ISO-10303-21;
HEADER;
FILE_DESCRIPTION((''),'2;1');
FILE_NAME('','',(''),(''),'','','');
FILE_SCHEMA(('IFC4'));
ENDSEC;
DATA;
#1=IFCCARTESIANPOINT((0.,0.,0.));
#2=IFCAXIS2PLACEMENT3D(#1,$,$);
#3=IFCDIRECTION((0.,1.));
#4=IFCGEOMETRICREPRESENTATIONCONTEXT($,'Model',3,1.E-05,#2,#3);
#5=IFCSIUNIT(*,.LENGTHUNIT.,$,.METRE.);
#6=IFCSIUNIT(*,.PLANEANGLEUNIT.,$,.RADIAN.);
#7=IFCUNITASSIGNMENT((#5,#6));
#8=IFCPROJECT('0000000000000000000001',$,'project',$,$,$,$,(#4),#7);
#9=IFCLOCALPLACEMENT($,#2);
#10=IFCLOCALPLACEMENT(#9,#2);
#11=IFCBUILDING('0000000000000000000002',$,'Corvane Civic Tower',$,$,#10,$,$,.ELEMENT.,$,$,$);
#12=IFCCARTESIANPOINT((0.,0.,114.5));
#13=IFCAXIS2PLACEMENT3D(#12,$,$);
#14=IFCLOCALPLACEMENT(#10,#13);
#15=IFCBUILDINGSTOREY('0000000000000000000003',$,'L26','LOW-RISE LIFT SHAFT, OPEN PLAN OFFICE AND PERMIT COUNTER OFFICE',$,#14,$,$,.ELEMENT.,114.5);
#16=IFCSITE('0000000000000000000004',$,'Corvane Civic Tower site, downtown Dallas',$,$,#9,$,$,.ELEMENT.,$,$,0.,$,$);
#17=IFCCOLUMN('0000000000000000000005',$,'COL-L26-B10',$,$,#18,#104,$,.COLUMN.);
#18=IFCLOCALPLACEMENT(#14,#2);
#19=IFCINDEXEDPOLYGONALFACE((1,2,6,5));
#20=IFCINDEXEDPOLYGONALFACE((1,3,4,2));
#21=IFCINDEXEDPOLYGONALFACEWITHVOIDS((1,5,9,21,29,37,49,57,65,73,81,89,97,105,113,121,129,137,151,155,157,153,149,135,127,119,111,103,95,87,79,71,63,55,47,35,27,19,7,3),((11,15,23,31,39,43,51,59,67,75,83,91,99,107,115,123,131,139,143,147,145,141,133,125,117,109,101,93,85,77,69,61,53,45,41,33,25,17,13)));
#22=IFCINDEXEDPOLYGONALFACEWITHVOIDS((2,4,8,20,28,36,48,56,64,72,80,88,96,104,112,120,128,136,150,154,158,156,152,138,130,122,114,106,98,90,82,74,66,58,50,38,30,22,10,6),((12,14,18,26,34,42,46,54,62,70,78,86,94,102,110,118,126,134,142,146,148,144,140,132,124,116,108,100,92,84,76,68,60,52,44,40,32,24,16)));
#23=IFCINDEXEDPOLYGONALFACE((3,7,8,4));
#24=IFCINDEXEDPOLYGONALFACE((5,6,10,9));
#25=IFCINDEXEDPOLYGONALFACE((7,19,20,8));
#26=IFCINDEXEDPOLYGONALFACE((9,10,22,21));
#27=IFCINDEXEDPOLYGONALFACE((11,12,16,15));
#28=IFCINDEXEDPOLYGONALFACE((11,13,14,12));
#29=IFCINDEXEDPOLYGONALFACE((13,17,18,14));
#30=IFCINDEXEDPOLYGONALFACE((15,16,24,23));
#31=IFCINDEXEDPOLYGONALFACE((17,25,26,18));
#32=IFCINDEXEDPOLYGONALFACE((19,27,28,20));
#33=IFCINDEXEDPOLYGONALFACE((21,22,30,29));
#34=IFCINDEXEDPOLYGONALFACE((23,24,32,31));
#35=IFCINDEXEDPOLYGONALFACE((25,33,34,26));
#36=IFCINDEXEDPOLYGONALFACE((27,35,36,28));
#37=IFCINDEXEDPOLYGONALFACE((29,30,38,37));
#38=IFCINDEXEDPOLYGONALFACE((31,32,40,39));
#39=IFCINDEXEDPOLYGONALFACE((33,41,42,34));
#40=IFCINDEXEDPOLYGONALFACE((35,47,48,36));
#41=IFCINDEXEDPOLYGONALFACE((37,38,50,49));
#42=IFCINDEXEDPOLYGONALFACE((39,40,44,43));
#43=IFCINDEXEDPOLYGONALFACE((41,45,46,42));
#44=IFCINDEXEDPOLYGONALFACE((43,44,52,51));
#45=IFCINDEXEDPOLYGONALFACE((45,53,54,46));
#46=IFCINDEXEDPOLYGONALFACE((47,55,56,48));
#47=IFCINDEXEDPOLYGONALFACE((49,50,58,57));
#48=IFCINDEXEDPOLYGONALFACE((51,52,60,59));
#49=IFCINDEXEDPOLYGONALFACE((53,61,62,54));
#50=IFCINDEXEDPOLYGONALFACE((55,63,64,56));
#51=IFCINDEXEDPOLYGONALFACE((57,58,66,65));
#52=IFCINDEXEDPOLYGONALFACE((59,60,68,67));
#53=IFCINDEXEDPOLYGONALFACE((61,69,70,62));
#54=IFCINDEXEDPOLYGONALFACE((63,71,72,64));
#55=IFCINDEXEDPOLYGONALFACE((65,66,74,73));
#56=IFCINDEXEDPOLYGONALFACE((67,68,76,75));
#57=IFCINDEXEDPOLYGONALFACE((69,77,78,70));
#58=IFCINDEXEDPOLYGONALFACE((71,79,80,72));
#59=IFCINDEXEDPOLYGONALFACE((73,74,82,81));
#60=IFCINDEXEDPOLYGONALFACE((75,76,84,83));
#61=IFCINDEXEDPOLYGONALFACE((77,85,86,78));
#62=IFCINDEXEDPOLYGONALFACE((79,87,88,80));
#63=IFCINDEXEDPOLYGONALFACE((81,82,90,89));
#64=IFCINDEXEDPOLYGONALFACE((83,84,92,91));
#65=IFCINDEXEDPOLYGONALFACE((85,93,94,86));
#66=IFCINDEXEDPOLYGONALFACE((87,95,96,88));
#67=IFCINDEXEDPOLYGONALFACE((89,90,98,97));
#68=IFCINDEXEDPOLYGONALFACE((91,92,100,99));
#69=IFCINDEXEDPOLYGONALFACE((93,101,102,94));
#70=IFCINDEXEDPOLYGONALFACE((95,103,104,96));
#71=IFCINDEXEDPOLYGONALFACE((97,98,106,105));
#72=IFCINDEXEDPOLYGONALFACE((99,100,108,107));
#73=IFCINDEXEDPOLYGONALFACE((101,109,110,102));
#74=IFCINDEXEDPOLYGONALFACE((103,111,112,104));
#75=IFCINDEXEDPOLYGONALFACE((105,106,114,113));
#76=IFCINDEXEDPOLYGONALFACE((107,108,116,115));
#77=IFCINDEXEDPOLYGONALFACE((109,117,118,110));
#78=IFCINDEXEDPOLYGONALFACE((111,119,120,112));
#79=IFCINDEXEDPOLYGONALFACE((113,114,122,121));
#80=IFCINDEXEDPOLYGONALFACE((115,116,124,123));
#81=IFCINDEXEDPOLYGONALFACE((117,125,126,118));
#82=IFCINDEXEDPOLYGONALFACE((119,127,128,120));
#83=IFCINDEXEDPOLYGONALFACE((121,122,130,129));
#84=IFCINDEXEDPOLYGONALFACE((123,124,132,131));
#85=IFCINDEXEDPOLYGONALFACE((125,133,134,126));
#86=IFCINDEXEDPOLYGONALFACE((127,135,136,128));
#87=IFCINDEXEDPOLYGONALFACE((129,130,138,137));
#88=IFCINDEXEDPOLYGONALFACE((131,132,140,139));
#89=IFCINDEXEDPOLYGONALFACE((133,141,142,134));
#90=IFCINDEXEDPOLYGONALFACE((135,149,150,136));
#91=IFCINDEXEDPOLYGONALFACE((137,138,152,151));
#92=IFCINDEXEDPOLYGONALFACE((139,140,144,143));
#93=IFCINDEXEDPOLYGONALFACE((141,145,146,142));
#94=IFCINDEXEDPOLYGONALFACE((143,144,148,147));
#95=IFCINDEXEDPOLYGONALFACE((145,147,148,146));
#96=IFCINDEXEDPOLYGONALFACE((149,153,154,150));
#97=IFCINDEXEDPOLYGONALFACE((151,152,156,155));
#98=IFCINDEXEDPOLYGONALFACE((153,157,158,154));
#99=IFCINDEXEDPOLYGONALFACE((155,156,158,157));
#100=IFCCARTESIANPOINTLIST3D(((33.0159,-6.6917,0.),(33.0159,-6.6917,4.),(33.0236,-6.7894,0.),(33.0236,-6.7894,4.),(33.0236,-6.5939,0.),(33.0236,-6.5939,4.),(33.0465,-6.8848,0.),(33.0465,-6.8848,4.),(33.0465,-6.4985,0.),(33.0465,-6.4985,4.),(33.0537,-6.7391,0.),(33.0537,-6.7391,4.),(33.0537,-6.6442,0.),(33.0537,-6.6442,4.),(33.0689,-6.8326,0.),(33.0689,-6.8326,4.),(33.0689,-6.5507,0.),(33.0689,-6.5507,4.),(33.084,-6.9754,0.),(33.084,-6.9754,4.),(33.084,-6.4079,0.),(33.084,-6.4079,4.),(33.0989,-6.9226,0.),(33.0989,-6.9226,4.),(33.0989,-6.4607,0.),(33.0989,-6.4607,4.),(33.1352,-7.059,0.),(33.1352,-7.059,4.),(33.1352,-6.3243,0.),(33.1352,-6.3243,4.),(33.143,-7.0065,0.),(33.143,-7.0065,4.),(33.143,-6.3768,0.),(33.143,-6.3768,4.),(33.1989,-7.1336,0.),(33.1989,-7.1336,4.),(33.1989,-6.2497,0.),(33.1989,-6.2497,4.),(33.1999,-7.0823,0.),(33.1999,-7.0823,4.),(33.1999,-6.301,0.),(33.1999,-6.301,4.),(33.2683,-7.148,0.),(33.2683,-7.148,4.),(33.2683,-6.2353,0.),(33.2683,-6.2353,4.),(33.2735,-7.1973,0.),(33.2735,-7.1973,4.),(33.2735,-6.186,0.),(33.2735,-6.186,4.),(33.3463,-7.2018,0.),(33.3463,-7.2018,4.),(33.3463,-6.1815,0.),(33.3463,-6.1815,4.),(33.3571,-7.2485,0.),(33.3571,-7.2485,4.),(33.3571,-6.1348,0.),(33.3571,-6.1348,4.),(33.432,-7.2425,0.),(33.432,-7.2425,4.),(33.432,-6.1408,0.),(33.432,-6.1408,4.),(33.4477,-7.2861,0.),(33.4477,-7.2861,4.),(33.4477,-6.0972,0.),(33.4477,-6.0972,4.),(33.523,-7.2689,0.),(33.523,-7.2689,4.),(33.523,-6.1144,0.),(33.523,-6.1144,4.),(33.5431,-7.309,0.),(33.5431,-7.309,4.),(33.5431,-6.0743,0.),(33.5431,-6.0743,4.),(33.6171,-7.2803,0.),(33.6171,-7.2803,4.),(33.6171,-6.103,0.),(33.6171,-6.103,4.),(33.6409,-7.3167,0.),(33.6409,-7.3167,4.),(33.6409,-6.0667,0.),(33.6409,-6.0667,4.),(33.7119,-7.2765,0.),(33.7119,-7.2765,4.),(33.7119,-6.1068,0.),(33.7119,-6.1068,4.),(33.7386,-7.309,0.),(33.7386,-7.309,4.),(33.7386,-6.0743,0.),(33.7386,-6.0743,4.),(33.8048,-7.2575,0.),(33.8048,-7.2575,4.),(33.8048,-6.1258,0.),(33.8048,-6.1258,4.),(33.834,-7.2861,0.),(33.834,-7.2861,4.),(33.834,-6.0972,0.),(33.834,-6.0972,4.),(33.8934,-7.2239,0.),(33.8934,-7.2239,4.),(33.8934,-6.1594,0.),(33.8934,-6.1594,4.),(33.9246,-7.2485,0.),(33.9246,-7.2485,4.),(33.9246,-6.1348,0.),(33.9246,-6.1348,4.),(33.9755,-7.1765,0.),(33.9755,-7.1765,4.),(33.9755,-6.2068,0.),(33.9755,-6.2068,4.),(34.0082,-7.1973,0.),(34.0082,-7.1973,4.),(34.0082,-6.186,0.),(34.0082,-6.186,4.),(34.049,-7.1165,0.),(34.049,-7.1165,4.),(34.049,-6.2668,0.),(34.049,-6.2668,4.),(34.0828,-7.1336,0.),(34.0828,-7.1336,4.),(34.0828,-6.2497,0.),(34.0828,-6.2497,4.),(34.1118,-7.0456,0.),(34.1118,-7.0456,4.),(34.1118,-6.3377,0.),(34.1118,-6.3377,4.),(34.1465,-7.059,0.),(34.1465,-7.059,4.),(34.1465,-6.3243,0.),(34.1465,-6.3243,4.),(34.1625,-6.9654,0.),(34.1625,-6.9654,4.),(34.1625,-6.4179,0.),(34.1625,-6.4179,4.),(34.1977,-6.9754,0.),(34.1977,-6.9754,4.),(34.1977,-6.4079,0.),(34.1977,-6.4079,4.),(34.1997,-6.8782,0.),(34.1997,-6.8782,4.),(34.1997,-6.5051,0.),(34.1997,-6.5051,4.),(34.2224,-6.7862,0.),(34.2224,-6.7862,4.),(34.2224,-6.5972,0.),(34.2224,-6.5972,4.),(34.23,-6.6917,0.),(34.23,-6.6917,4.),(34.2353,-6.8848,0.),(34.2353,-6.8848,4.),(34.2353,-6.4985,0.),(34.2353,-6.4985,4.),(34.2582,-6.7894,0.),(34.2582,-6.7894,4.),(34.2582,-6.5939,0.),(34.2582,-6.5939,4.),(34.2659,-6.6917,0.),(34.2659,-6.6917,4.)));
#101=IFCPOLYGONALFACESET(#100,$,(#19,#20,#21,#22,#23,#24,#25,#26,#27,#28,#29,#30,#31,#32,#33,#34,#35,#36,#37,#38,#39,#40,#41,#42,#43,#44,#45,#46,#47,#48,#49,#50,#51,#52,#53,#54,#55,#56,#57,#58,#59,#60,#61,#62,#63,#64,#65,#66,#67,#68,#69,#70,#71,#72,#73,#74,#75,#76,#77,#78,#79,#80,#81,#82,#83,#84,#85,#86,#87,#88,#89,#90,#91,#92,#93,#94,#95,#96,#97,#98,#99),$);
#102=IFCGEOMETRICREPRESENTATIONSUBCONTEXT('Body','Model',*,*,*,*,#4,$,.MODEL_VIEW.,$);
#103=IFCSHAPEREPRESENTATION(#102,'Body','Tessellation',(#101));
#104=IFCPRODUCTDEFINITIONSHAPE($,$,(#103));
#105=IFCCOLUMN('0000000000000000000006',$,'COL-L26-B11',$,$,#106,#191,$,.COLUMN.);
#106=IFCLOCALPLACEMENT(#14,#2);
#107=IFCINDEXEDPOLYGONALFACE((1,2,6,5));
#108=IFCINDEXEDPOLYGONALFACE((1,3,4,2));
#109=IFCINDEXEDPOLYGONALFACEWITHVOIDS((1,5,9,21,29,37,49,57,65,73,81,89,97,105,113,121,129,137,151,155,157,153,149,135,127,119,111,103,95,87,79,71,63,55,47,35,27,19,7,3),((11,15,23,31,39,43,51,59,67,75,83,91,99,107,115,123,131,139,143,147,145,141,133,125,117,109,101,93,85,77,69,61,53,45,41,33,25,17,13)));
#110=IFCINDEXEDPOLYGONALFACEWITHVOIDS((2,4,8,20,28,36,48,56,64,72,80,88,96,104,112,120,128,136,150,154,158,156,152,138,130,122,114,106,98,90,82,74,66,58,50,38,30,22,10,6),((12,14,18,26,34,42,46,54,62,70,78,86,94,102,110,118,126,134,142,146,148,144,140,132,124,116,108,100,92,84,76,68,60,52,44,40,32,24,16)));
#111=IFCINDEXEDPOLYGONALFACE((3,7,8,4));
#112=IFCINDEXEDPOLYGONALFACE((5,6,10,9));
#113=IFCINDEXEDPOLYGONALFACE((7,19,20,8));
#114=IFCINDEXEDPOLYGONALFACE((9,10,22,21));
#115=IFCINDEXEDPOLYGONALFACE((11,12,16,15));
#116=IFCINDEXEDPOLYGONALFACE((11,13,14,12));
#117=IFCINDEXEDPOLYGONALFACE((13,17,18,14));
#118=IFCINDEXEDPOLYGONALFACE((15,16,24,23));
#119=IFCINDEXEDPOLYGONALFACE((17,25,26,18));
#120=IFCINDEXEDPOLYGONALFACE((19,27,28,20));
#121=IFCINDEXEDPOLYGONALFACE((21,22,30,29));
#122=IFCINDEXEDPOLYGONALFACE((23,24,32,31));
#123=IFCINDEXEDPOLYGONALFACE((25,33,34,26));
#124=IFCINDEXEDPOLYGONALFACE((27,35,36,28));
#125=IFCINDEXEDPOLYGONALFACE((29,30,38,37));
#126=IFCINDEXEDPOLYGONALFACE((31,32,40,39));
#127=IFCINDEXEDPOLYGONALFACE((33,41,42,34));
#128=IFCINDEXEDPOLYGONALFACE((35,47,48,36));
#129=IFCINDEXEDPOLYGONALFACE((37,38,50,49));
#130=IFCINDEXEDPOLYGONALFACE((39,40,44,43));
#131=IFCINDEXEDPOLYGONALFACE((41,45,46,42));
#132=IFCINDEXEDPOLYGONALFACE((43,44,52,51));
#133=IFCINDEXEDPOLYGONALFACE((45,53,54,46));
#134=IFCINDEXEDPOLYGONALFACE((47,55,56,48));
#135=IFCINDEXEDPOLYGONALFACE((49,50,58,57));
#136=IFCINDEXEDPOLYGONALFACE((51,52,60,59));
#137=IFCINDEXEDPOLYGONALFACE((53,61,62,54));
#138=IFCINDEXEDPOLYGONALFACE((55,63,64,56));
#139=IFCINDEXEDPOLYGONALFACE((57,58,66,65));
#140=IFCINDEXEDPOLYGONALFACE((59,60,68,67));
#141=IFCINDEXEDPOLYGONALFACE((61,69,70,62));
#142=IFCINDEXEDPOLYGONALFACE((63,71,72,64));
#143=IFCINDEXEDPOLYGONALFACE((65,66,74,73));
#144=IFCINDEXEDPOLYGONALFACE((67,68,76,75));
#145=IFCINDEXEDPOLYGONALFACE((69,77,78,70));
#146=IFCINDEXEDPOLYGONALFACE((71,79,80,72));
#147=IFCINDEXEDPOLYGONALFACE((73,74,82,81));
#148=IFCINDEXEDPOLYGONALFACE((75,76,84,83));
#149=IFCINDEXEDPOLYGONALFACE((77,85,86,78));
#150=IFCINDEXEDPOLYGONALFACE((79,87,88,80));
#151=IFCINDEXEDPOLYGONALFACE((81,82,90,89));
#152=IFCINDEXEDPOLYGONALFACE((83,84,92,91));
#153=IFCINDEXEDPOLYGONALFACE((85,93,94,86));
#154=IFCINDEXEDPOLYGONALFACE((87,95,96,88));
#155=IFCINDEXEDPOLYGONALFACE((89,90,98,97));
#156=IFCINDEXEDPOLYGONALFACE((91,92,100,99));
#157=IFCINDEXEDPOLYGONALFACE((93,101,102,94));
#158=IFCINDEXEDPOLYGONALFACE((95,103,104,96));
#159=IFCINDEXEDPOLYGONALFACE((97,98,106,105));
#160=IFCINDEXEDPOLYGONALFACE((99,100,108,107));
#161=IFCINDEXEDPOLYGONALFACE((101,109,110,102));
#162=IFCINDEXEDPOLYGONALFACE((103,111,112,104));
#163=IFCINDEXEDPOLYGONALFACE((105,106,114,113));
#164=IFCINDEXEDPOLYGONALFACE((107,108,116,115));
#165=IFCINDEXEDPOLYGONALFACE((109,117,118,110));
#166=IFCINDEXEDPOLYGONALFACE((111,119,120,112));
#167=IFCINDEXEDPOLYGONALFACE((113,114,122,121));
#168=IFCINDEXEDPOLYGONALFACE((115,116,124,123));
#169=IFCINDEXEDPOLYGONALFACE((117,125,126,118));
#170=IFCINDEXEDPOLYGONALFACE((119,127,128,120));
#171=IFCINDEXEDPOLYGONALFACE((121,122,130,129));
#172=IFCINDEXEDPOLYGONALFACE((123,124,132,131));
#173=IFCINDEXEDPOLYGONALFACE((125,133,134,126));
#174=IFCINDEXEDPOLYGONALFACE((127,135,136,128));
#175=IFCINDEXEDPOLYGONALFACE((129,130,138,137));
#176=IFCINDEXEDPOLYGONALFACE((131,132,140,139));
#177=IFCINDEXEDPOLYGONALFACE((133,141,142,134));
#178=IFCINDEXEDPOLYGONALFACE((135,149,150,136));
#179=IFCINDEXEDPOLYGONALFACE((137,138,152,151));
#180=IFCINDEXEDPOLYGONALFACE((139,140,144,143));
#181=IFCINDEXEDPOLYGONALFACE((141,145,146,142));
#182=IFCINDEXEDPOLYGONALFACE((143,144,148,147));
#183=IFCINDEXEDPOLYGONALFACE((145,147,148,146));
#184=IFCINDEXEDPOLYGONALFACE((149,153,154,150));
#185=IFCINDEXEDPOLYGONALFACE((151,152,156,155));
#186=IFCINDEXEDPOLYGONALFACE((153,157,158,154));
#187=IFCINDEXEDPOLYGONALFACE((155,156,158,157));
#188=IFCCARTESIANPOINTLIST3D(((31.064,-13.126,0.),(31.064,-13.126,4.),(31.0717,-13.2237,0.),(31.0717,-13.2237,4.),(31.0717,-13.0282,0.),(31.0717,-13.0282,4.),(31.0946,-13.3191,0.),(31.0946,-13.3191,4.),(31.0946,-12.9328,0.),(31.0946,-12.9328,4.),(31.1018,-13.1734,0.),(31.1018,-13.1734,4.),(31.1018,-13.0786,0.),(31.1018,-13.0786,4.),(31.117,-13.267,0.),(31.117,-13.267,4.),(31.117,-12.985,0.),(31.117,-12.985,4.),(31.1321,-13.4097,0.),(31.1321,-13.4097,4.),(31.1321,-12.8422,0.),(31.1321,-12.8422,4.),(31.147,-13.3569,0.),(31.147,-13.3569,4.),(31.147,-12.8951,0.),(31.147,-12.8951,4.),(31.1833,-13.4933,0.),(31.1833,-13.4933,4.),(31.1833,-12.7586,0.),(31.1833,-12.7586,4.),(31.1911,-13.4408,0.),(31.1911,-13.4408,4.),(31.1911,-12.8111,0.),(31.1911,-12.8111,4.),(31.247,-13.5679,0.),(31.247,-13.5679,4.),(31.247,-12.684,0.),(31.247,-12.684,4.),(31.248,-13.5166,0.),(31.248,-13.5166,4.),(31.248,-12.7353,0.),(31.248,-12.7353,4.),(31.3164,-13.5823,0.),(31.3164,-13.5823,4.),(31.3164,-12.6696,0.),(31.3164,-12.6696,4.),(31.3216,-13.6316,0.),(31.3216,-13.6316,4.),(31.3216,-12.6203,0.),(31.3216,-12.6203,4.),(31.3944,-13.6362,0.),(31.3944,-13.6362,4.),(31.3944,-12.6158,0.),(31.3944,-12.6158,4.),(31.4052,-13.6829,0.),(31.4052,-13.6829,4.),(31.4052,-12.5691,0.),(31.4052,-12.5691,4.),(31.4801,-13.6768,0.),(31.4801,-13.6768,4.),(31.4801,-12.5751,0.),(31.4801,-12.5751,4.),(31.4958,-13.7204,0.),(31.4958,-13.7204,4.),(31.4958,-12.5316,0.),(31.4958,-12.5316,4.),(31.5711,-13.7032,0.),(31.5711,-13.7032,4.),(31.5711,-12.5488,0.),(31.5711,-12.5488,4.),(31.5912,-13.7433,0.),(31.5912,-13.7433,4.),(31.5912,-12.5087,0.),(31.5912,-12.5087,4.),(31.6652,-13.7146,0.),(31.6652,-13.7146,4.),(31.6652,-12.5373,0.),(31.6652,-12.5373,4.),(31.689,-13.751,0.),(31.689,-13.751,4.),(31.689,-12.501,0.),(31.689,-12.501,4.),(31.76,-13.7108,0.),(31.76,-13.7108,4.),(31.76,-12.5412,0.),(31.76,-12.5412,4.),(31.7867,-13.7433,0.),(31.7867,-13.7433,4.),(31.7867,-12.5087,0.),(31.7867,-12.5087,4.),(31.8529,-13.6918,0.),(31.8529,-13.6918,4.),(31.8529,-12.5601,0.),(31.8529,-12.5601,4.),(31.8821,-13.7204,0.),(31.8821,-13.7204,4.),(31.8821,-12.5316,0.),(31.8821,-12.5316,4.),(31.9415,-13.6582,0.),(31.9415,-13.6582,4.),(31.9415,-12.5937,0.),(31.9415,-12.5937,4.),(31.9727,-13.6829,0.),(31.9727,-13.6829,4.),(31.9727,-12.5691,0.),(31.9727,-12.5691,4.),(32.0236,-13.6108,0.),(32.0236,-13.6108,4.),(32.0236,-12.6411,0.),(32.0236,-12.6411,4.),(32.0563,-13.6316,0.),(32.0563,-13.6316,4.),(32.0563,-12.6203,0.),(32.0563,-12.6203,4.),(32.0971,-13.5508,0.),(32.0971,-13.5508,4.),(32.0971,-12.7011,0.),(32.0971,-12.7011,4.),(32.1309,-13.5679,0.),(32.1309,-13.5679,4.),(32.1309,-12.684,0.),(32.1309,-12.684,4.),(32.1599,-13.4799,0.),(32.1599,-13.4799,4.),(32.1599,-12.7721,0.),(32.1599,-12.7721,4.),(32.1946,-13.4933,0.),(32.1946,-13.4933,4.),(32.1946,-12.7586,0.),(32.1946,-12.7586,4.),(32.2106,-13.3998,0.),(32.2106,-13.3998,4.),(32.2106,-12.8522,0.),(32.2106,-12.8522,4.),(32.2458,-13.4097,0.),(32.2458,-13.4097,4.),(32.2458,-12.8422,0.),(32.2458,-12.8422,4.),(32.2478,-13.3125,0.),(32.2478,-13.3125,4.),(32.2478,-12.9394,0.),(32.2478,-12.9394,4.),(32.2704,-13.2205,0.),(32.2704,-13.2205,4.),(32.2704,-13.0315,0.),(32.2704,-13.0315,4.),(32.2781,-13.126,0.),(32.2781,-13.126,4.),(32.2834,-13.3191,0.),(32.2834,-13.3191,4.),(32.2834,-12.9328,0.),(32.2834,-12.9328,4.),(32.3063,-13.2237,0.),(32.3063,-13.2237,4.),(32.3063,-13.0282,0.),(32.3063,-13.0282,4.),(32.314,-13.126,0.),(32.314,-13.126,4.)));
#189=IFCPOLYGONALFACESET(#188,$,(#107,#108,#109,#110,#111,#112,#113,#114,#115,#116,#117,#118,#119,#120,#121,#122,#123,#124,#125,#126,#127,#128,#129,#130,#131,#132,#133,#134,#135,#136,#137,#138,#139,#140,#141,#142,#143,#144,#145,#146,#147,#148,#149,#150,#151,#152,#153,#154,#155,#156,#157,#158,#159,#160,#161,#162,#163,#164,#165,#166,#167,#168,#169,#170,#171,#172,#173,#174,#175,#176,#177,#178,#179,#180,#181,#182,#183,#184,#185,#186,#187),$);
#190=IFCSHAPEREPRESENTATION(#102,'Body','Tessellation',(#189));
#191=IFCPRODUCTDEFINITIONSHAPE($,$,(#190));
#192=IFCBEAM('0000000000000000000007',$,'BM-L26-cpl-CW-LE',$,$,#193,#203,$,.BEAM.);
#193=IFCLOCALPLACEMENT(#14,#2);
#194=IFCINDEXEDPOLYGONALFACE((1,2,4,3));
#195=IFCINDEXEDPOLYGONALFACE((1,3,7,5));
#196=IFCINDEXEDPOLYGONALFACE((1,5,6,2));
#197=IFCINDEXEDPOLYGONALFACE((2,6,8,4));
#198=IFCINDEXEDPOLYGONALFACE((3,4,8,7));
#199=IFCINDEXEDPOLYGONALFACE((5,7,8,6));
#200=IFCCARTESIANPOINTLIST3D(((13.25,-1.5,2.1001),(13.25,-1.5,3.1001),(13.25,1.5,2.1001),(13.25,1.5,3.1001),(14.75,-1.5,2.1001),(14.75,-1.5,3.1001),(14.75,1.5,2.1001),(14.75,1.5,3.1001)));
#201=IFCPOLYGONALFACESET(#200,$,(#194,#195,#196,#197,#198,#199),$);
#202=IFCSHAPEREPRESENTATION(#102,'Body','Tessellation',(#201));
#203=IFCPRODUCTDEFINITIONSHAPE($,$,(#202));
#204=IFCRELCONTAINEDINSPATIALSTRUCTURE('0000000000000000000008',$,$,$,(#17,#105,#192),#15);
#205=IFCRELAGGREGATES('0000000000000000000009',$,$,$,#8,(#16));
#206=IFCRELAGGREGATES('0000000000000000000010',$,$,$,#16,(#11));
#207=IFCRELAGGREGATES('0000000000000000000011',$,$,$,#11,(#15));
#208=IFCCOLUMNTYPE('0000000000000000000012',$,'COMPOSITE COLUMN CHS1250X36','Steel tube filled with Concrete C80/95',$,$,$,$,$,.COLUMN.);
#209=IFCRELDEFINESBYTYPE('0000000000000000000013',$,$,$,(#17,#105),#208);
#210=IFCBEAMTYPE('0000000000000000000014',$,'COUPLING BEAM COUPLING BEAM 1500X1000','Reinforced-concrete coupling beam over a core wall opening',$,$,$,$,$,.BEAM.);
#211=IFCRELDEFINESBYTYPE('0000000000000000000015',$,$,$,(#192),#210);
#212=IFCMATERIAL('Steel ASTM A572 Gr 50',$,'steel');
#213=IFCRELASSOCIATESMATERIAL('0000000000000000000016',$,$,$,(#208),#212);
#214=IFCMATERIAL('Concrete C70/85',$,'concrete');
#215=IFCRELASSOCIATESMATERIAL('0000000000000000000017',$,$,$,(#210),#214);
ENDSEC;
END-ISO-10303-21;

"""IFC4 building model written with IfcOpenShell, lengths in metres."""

from ifc_helpers import new_model, si_unit, direction, frame, origin, origin_2d, place, context, subcontext, project, spatial, rectangle, hollow_circle, extrude, material, material_profile, profile_set, type_object, element, save


model = new_model("IFC4")

# Units and contexts
model_context = context("Model", 3, precision=1e-05, world=origin(), true_north=direction((0.0, 1.0)))
body_context = subcontext(model_context, "Body", "Model", "MODEL_VIEW")
ifc_project = project(units=[si_unit("LENGTHUNIT", "METRE"), si_unit("PLANEANGLEUNIT", "RADIAN")], contexts=[model_context])

# Site, building, storey
site_placement = place(None, origin())
site = spatial("IfcSite", under=ifc_project, at=site_placement, Name="Corvane Civic Tower site, downtown Dallas", CompositionType="ELEMENT", RefElevation=0.0)
building_placement = place(site_placement, origin())
building = spatial("IfcBuilding", under=site, at=building_placement, Name="Corvane Civic Tower", CompositionType="ELEMENT")
storey_placement = place(building_placement, frame((0.0, 0.0, 114.5)))
storey = spatial("IfcBuildingStorey", under=building, at=storey_placement, Name="L26", Description="LOW-RISE LIFT SHAFT, OPEN PLAN OFFICE AND PERMIT COUNTER OFFICE", CompositionType="ELEMENT", Elevation=114.5)

# Columns
ifc_material_1 = material(Name="Steel ASTM A572 Gr 50", Category="steel")
ifc_material_profile_1 = material_profile(ifc_material_1, hollow_circle(Radius=0.625, WallThickness=0.0359, at=origin_2d()), Name="CHS1250X36")
ifc_profile_set_1 = profile_set([ifc_material_profile_1], Name="Steel ASTM A572 Gr 50")
column_type = type_object("IfcColumnType", Name="COMPOSITE COLUMN CHS1250X36", Description="Steel tube filled with Concrete C80/95", PredefinedType="COLUMN", material=ifc_profile_set_1)
for number, where, z_axis, x_axis, name in (
    (1, (33.6409, -6.6917, 0.0), (0.0, 0.0, 1.0), (1.0, 0.0, 0.0), "COL-L26-B10"),
    (2, (31.689, -13.126, 0.0), (0.0, 0.0, 1.0), (1.0, 0.0, 0.0), "COL-L26-B11"),
):
    element("IfcColumn", number, at=place(storey_placement, frame(where, z_axis=z_axis, x_axis=x_axis)), inside=storey, type_object=column_type, Name=name, PredefinedType="COLUMN", context=body_context, shape_type="SweptSolid", body=[
        extrude(hollow_circle(Radius=0.625, WallThickness=0.0359, at=origin_2d()), origin(), (0.0, 0.0, 1.0), 4.0),
    ])

# Beam
ifc_material_2 = material(Name="Concrete C70/85", Category="concrete")
ifc_material_profile_2 = material_profile(ifc_material_2, rectangle(XDim=1.5, YDim=1.0, at=origin_2d()), Name="COUPLING BEAM 1500X1000")
ifc_profile_set_2 = profile_set([ifc_material_profile_2], Name="Concrete C70/85")
beam_type_1 = type_object("IfcBeamType", Name="COUPLING BEAM COUPLING BEAM 1500X1000", Description="Reinforced-concrete coupling beam over a core wall opening", PredefinedType="BEAM", material=ifc_profile_set_2)
beam_1_placement = place(storey_placement, frame((14.0, -1.5, 2.6001), z_axis=(0.0, 1.0, 0.0), x_axis=(-1.0, 0.0, 0.0)))
element("IfcBeam", 3, at=beam_1_placement, inside=storey, type_object=beam_type_1, Name="BM-L26-cpl-CW-LE", PredefinedType="BEAM", context=body_context, shape_type="SweptSolid", body=[
    extrude(rectangle(XDim=1.5, YDim=1.0, at=origin_2d()), origin(), (0.0, 0.0, 1.0), 3.0),
])

save(model, "model.ifc")
